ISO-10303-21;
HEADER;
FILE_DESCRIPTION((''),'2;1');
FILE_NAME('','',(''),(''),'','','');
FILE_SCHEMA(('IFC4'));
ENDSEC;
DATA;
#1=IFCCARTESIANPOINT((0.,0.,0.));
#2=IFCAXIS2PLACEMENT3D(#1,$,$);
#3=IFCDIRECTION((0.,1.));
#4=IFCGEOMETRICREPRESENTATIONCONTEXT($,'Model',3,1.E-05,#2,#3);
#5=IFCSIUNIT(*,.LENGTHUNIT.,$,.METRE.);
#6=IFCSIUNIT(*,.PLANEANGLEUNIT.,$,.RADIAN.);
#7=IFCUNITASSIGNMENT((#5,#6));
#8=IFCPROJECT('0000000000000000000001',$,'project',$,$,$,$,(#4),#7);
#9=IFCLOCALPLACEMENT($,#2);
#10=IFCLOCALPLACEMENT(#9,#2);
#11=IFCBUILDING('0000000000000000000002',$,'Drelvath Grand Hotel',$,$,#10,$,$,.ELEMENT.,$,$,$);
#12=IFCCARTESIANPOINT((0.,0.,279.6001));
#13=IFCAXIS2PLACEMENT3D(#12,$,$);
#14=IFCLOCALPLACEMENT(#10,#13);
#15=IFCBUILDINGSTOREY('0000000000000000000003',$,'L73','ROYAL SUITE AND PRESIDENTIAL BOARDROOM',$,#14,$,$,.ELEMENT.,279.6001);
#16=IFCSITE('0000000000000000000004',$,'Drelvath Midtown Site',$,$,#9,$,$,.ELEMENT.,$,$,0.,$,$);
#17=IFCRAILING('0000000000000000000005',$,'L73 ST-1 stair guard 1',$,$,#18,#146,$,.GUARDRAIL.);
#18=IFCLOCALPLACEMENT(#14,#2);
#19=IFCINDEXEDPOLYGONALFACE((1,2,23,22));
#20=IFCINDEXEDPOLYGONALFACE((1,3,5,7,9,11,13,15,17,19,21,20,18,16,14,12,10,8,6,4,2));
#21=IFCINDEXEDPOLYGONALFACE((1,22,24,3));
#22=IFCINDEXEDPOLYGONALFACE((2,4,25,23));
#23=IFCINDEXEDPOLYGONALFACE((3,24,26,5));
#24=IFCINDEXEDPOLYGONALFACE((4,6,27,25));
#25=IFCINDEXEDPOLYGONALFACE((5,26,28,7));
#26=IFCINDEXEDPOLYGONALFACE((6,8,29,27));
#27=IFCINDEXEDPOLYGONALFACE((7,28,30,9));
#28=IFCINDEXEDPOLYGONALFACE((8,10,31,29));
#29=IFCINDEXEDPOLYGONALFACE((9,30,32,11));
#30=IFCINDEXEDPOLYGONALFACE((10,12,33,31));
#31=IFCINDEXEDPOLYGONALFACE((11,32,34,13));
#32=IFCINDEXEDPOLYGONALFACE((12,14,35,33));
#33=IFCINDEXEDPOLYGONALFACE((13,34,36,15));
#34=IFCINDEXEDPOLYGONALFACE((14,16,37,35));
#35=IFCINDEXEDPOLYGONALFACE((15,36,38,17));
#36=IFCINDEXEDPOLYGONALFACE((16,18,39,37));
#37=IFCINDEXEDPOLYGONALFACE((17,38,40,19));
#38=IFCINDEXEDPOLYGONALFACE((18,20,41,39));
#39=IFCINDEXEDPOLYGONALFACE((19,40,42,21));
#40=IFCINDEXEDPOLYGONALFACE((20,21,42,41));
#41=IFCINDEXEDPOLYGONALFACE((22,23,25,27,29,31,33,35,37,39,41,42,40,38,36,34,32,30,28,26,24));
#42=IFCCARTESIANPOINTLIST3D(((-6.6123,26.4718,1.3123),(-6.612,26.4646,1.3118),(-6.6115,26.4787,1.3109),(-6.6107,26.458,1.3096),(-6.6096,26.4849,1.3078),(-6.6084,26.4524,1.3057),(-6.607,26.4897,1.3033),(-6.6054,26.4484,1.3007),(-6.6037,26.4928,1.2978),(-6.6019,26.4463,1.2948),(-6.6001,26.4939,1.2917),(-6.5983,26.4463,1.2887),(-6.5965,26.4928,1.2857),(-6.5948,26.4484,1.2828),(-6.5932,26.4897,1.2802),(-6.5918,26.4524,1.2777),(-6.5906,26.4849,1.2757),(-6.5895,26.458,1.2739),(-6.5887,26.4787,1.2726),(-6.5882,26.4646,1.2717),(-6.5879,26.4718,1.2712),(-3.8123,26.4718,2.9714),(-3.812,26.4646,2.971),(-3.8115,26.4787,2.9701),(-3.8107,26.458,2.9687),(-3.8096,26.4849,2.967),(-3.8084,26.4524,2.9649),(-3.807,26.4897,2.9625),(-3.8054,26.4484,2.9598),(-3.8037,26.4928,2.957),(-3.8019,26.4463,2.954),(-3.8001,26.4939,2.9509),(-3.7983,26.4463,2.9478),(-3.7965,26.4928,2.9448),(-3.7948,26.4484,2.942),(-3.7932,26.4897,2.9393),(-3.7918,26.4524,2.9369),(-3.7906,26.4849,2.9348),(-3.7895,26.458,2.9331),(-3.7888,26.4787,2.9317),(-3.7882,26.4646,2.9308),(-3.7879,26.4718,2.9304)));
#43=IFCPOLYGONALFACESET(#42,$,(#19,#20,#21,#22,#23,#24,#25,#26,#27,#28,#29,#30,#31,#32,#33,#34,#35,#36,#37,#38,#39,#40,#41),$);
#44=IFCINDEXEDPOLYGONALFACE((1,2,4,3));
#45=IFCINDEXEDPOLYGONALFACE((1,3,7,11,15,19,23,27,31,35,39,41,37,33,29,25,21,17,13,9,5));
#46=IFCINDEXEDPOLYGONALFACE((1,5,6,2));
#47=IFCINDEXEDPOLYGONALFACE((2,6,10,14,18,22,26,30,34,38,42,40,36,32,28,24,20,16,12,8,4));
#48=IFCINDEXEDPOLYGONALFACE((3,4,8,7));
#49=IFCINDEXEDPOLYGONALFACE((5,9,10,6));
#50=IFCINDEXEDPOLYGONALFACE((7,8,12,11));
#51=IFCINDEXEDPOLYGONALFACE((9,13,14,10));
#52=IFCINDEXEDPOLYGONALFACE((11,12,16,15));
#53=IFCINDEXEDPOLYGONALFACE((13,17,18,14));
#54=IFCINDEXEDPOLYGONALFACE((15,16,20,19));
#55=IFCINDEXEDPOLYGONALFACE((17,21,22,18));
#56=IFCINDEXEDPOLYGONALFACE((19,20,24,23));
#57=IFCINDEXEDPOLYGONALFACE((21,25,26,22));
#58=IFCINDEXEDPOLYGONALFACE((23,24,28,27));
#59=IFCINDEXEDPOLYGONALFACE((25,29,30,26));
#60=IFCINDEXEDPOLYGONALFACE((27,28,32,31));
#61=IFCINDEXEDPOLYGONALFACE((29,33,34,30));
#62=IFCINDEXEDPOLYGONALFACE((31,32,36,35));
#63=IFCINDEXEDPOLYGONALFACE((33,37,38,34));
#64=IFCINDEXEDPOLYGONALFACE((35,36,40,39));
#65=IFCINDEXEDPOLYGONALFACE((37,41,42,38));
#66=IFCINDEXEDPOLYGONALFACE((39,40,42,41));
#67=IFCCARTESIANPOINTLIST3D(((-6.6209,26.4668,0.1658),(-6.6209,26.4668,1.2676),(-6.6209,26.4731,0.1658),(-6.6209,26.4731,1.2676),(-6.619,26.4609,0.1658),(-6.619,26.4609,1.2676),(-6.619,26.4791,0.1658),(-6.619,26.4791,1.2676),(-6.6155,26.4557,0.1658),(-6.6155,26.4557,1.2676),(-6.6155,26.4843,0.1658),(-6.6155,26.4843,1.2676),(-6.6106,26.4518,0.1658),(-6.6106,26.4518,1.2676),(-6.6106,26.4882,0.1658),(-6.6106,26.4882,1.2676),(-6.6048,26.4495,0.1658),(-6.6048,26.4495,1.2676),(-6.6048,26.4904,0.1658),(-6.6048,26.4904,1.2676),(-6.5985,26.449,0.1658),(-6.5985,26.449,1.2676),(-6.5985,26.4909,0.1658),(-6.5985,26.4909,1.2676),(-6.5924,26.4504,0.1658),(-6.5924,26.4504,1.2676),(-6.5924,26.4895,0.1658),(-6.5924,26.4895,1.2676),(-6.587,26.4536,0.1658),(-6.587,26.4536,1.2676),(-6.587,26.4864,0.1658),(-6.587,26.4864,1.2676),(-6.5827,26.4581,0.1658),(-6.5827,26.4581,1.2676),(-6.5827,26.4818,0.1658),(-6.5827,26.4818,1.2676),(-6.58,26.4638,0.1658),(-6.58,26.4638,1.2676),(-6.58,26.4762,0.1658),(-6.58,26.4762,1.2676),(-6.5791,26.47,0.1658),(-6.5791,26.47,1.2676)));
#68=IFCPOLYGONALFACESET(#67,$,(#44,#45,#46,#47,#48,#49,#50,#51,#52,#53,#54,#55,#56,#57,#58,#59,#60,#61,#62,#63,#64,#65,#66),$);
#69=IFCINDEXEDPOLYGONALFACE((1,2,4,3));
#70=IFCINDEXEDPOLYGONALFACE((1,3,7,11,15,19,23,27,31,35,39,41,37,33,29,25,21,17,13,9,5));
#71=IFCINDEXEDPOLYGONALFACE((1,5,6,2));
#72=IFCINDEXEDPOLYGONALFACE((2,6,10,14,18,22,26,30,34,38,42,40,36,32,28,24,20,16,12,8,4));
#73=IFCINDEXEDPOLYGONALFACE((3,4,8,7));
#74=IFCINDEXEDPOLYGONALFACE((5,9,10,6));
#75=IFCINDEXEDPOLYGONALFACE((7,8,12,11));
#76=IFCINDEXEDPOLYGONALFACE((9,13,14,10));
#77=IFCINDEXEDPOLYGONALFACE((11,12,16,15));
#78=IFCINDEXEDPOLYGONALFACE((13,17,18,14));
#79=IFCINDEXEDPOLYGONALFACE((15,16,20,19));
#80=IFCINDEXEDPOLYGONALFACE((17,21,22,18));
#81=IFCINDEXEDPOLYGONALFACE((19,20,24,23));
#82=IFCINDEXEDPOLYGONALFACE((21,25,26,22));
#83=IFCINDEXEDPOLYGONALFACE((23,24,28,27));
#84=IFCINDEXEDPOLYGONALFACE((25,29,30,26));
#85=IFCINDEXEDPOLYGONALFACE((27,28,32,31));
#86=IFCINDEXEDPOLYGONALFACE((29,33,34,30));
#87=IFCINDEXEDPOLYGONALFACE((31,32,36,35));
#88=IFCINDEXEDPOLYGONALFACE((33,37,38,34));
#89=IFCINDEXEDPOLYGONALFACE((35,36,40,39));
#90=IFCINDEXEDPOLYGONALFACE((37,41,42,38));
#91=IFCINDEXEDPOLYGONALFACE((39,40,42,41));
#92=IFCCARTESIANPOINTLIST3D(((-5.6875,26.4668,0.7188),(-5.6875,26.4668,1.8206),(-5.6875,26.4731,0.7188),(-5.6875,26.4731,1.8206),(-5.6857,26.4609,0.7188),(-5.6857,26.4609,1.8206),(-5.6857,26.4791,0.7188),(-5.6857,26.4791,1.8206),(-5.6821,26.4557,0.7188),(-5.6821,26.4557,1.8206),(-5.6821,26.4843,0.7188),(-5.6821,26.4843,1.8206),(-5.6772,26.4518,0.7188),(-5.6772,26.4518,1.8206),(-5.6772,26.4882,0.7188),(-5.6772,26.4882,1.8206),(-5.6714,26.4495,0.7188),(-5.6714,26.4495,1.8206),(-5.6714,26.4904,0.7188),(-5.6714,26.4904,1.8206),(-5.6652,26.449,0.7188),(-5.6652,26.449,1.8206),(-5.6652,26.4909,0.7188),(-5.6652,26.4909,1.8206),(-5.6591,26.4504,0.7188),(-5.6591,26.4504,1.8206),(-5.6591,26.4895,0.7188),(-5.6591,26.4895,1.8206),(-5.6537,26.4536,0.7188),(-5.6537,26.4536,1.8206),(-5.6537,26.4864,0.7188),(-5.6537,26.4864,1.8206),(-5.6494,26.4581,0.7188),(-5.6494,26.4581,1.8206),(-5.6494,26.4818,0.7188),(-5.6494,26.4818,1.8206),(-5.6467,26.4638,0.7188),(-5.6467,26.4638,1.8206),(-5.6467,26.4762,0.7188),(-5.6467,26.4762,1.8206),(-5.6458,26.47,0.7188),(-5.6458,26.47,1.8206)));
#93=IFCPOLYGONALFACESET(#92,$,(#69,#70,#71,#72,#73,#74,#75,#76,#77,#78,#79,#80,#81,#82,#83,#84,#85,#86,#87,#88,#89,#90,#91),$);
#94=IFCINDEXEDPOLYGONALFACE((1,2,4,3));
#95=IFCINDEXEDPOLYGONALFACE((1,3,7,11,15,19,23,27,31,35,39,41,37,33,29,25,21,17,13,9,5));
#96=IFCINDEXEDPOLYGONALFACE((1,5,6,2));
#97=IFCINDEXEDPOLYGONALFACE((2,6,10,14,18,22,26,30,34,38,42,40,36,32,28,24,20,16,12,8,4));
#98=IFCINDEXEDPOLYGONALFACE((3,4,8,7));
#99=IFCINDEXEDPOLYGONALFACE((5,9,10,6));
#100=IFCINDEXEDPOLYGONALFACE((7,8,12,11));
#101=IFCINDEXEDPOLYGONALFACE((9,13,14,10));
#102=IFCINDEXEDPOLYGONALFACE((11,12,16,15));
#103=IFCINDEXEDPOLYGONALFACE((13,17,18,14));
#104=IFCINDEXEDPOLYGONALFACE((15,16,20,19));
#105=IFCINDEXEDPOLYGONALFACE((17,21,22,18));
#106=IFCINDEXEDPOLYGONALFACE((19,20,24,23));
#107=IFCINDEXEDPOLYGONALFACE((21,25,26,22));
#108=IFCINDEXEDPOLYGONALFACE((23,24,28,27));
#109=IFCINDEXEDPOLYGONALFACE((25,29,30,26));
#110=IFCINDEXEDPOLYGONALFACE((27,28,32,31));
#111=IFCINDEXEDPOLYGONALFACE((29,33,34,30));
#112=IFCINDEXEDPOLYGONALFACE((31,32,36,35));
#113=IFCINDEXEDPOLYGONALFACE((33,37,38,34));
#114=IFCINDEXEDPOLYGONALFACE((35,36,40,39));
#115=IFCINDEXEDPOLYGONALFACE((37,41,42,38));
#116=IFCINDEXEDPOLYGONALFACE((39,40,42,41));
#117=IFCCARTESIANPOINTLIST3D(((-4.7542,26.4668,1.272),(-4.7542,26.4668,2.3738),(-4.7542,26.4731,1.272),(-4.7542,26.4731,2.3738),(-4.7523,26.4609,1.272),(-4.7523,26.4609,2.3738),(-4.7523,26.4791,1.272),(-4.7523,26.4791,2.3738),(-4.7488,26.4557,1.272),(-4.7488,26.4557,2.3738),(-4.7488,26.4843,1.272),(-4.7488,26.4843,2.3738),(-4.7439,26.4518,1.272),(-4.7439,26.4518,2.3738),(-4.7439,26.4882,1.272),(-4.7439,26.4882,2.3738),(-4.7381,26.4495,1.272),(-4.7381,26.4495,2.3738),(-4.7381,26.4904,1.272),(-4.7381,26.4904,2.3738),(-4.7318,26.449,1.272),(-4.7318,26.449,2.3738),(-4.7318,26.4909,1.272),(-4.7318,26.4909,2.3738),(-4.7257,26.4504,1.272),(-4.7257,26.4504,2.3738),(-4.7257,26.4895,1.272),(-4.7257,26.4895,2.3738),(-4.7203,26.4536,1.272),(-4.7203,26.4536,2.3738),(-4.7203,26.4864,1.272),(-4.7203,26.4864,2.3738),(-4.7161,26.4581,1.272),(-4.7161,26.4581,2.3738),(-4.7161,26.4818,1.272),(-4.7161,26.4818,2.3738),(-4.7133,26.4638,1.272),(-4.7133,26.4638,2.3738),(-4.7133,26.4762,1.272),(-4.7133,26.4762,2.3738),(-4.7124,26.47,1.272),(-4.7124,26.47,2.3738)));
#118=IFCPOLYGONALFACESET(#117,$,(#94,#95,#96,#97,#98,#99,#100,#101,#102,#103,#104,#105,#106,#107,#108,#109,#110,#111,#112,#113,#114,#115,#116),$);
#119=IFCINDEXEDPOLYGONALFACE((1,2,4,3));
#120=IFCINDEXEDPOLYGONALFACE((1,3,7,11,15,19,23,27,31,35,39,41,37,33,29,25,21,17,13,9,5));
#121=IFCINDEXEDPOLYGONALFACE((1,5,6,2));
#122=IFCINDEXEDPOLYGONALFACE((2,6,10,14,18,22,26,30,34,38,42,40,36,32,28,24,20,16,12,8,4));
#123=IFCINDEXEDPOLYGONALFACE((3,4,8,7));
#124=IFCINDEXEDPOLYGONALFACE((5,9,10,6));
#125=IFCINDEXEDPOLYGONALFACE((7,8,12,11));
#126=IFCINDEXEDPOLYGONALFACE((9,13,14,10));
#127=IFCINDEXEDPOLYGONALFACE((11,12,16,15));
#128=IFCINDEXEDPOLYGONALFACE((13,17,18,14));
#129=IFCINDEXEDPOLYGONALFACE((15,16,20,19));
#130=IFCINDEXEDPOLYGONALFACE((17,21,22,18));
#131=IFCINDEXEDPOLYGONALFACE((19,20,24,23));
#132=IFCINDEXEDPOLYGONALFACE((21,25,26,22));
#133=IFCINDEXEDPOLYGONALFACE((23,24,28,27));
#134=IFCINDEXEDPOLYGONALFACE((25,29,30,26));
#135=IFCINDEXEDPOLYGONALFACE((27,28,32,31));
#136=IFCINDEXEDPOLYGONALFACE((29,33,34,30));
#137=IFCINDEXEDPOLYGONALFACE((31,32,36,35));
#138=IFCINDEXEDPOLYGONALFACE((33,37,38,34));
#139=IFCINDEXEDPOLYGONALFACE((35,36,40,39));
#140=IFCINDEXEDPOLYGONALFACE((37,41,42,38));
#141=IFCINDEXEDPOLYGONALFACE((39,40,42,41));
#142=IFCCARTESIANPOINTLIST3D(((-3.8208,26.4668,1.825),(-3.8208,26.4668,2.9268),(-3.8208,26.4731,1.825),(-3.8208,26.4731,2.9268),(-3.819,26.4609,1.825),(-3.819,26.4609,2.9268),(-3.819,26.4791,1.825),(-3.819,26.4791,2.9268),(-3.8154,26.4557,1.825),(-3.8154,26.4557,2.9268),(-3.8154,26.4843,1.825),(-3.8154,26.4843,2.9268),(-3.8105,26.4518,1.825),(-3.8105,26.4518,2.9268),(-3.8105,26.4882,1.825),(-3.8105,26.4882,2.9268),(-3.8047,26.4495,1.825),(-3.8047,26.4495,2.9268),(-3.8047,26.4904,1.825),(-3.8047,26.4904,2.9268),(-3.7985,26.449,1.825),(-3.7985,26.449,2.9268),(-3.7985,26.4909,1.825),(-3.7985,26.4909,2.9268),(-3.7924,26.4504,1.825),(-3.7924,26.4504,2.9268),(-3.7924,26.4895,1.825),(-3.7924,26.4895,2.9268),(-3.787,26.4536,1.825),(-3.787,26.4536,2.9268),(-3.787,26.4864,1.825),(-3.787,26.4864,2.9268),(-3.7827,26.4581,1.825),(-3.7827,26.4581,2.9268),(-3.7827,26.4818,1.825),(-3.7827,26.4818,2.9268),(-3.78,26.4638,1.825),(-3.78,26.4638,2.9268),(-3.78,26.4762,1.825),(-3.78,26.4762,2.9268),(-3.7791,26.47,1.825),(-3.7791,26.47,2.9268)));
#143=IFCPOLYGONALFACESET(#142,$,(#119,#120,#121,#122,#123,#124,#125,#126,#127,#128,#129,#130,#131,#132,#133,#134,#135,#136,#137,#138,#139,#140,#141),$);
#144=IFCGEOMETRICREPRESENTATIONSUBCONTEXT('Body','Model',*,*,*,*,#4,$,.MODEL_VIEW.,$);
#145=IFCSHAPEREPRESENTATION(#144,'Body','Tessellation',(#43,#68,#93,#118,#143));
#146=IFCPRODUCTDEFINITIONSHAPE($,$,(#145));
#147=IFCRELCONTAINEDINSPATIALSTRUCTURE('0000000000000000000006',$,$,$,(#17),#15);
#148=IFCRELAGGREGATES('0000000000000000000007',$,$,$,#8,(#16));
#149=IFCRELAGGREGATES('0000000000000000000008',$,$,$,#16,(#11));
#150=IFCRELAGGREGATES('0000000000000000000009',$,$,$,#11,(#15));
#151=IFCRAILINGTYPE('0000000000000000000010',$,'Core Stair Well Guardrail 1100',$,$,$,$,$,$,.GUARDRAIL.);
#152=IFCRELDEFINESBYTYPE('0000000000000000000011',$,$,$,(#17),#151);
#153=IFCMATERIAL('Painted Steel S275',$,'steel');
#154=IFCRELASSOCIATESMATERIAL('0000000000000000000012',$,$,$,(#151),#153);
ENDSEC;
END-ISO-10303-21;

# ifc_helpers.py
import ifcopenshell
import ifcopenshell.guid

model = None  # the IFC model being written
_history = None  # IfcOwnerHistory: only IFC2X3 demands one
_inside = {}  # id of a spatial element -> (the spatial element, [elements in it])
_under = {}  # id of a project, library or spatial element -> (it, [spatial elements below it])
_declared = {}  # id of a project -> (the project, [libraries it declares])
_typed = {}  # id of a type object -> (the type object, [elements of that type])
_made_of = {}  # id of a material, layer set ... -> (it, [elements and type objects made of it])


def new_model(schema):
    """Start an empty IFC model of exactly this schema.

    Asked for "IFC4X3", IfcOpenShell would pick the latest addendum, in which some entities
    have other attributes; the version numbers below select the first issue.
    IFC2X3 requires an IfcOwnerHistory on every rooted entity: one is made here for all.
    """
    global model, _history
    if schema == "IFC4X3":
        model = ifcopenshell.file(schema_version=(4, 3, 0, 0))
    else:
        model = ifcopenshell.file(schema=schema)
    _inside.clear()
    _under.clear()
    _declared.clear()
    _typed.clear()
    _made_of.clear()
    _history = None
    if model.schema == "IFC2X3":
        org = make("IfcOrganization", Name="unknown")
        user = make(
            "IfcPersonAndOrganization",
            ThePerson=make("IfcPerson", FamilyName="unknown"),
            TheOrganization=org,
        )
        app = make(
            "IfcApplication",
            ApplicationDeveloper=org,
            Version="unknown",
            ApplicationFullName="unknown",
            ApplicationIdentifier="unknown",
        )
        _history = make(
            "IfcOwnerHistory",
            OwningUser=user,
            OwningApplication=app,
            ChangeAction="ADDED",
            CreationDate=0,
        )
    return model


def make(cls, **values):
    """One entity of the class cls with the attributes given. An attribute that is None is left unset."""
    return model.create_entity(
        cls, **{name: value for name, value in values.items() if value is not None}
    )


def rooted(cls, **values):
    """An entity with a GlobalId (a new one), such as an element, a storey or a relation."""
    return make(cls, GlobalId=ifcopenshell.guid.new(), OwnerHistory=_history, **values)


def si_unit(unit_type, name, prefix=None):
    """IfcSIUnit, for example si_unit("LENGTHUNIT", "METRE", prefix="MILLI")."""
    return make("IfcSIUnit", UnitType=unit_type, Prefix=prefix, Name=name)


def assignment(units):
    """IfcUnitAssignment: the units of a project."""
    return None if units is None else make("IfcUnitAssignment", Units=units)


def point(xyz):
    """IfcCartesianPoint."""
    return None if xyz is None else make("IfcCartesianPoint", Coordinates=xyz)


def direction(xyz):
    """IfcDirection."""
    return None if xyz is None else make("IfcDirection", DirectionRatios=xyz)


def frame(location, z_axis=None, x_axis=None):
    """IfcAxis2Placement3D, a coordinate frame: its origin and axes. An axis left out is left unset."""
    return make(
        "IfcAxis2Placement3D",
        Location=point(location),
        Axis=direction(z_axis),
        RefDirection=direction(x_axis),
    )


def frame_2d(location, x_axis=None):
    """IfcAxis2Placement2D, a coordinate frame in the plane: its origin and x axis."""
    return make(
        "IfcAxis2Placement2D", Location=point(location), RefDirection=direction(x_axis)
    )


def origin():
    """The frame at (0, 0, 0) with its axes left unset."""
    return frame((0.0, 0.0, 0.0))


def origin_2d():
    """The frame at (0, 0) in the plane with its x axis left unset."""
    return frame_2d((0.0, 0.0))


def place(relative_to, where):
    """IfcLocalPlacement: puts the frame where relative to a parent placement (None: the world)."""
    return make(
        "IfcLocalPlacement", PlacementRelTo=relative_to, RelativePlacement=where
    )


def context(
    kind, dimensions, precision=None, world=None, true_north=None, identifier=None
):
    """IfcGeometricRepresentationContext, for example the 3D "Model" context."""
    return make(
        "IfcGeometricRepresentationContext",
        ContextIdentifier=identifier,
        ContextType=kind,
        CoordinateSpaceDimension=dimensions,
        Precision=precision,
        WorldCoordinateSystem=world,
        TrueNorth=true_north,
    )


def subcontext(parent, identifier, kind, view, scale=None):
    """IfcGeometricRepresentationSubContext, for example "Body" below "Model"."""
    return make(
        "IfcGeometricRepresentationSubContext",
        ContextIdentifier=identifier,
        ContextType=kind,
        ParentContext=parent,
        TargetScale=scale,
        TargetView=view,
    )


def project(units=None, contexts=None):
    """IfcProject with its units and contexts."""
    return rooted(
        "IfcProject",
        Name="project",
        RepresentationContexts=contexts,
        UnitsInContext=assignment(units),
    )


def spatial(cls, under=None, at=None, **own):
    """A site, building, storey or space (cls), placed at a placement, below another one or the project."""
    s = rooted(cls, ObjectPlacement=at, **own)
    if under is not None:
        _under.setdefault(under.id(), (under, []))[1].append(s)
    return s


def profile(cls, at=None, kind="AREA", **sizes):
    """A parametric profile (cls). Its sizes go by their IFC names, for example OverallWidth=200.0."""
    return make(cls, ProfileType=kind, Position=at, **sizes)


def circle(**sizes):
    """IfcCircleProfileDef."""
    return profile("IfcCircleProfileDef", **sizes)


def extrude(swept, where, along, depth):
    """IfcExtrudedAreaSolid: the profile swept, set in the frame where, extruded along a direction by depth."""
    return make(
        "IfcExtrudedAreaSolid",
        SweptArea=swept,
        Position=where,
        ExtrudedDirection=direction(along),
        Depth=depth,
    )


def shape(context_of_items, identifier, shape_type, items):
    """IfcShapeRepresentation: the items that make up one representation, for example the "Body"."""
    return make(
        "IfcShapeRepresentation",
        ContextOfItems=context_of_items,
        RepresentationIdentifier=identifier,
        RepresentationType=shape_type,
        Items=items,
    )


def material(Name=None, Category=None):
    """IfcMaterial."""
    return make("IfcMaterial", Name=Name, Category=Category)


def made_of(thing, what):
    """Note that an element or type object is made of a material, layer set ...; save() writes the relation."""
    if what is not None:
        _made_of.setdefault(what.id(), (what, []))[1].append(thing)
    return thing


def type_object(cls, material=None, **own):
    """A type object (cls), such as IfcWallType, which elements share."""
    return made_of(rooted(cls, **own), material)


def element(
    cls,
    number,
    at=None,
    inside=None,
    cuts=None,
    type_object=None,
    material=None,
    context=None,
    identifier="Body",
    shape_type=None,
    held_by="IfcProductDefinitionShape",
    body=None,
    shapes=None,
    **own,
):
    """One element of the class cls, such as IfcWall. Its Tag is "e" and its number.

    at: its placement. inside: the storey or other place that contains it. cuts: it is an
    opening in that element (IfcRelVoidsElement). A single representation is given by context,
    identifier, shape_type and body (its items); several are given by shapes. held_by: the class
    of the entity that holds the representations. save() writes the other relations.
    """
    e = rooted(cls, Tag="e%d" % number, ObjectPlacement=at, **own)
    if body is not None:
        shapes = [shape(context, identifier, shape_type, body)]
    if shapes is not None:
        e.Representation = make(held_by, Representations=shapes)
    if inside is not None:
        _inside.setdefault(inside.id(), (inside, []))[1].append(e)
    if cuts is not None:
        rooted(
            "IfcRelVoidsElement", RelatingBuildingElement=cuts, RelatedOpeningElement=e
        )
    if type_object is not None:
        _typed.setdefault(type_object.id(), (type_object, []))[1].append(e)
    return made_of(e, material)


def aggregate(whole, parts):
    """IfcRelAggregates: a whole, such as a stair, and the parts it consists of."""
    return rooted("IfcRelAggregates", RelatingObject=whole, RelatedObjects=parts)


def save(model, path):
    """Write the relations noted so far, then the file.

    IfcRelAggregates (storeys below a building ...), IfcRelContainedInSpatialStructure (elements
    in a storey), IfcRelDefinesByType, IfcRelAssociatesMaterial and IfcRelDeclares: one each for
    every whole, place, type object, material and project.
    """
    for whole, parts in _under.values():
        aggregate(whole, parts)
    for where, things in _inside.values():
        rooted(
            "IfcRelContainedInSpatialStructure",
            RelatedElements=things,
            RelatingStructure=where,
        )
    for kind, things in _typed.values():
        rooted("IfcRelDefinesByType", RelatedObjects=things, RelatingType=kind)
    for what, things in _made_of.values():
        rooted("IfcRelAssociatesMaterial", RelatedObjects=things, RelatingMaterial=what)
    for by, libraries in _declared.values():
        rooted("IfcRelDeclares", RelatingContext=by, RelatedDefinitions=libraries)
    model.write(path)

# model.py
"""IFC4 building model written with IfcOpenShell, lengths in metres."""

from ifc_helpers import new_model, si_unit, direction, frame, origin, origin_2d, place, context, subcontext, project, spatial, circle, extrude, material, type_object, element, save


model = new_model("IFC4")

# Units and contexts
model_context = context("Model", 3, precision=1e-05, world=origin(), true_north=direction((0.0, 1.0)))
body_context = subcontext(model_context, "Body", "Model", "MODEL_VIEW")
ifc_project = project(units=[si_unit("LENGTHUNIT", "METRE"), si_unit("PLANEANGLEUNIT", "RADIAN")], contexts=[model_context])

# Site, building, storey
site_placement = place(None, origin())
site = spatial("IfcSite", under=ifc_project, at=site_placement, Name="Drelvath Midtown Site", CompositionType="ELEMENT", RefElevation=0.0)
building_placement = place(site_placement, origin())
building = spatial("IfcBuilding", under=site, at=building_placement, Name="Drelvath Grand Hotel", CompositionType="ELEMENT")
storey_placement = place(building_placement, frame((0.0, 0.0, 279.6001)))
storey = spatial("IfcBuildingStorey", under=building, at=storey_placement, Name="L73", Description="ROYAL SUITE AND PRESIDENTIAL BOARDROOM", CompositionType="ELEMENT", Elevation=279.6001)

# Shared definitions
ifc_material_1 = material(Name="Painted Steel S275", Category="steel")

# Railing
railing_type_1 = type_object("IfcRailingType", Name="Core Stair Well Guardrail 1100", PredefinedType="GUARDRAIL", material=ifc_material_1)
railing_1_placement = place(storey_placement, frame((-6.6001, 26.47, 0.1658)))
element("IfcRailing", 1, at=railing_1_placement, inside=storey, type_object=railing_type_1, Name="L73 ST-1 stair guard 1", PredefinedType="GUARDRAIL", context=body_context, shape_type="SweptSolid", body=[
    extrude(circle(Radius=0.0239, at=origin_2d()), frame((0.0, 0.0, 1.126), z_axis=(0.860306, 0.0, 0.509778), x_axis=(0.0, 1.0, 0.0)), (0.0, 0.0, 1.0), 3.2546),
    extrude(circle(Radius=0.021, at=origin_2d()), origin(), (0.0, 0.0, 1.0), 1.1018),
    extrude(circle(Radius=0.021, at=origin_2d()), frame((0.9333, 0.0, 0.553)), (0.0, 0.0, 1.0), 1.1018),
    extrude(circle(Radius=0.021, at=origin_2d()), frame((1.8667, 0.0, 1.1062)), (0.0, 0.0, 1.0), 1.1018),
    extrude(circle(Radius=0.021, at=origin_2d()), frame((2.8, 0.0, 1.6592)), (0.0, 0.0, 1.0), 1.1018),
])

save(model, "model.ifc")
